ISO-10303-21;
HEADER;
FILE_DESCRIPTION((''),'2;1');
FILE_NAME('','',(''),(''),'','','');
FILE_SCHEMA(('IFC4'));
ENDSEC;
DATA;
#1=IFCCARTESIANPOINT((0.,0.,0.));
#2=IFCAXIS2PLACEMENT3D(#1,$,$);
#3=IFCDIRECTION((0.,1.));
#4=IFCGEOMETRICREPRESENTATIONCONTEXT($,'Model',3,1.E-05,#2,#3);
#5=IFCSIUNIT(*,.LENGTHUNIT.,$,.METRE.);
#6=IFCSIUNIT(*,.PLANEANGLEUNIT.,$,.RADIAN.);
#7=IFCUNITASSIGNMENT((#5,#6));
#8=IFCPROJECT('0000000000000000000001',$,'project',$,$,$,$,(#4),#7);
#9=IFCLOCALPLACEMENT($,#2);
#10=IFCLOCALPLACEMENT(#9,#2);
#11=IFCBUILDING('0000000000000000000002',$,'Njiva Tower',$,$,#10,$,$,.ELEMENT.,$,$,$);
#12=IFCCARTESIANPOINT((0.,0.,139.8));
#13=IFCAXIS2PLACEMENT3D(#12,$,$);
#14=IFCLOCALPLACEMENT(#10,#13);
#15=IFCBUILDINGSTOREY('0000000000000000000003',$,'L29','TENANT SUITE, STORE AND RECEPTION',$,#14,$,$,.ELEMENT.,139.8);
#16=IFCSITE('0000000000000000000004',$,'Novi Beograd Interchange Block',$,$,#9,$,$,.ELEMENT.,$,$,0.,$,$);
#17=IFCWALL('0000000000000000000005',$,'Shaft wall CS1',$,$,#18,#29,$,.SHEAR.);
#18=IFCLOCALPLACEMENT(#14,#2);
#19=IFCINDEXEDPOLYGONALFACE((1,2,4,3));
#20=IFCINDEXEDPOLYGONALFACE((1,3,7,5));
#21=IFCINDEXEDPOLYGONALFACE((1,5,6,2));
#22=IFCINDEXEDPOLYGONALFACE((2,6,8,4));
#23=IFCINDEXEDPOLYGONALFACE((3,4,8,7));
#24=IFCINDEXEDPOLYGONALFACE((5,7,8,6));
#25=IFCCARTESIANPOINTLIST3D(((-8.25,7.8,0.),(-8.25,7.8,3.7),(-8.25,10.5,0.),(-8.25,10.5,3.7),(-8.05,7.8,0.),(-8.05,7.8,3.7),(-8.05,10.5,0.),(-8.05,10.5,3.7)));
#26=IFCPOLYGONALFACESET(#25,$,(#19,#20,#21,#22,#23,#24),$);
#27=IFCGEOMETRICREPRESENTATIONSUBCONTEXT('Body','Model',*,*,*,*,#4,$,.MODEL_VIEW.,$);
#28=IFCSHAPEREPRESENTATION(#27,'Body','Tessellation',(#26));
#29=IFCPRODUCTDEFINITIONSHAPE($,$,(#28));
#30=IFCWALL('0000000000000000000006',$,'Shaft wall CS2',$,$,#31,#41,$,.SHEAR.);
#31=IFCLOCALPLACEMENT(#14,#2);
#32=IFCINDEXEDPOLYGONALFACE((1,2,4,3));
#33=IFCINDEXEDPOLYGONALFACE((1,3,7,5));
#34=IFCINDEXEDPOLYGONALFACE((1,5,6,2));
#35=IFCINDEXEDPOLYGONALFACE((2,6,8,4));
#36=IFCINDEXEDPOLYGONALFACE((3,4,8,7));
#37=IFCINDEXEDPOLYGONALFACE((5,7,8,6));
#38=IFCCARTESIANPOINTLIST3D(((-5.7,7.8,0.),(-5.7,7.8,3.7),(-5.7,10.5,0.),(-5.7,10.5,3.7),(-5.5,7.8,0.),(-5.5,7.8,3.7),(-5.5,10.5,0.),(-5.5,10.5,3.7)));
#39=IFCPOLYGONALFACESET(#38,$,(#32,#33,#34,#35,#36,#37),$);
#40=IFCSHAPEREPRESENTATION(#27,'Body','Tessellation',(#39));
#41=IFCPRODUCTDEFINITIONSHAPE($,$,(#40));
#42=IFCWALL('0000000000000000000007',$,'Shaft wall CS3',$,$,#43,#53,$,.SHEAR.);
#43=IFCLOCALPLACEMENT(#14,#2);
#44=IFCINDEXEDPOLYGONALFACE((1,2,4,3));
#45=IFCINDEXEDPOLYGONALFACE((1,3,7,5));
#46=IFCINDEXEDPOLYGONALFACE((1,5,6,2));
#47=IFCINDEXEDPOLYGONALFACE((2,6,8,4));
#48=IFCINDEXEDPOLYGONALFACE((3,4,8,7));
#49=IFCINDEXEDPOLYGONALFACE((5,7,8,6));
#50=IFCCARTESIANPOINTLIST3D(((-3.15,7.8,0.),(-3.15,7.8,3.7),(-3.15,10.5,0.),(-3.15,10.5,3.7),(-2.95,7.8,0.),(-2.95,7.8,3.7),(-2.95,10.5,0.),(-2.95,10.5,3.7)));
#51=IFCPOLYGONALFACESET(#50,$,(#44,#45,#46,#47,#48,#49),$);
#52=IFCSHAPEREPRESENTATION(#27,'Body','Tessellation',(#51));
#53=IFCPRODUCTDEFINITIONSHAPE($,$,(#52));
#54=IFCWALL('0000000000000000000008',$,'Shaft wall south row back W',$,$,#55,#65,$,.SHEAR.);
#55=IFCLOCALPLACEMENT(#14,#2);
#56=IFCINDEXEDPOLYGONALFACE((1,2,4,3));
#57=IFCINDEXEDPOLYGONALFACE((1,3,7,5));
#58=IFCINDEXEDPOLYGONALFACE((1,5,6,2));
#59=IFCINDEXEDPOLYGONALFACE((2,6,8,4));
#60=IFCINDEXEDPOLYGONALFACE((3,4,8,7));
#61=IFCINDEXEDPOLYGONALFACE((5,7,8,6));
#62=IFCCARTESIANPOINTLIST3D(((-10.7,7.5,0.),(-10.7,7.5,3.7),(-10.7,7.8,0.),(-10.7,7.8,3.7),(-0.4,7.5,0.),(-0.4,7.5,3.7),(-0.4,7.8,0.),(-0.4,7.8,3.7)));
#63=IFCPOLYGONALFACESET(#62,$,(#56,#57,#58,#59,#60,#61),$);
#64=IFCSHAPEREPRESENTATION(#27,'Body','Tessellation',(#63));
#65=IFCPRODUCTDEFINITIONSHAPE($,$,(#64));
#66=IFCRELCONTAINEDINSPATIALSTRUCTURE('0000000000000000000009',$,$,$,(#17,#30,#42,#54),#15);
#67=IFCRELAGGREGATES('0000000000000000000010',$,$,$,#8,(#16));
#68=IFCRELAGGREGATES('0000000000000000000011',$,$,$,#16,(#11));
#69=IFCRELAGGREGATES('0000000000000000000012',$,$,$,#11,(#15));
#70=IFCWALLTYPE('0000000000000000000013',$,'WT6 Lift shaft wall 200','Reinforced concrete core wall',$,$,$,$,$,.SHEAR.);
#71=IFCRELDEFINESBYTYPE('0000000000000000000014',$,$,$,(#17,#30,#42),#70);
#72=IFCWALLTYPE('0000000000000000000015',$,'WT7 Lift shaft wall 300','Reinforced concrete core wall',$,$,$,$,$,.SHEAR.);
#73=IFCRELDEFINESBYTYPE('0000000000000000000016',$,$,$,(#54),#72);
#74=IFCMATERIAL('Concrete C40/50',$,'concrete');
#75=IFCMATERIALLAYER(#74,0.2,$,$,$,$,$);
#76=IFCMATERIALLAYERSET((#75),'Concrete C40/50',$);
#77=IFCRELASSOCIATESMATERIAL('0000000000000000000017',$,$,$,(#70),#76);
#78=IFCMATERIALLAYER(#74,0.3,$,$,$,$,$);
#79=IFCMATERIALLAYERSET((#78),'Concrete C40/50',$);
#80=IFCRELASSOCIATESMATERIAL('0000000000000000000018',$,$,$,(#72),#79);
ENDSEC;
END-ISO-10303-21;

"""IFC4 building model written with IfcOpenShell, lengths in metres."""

from ifc_helpers import new_model, si_unit, direction, frame, frame_2d, origin, place, context, subcontext, project, spatial, rectangle, extrude, material, layer, layer_set, type_object, element, save


model = new_model("IFC4")

# Units and contexts
model_context = context("Model", 3, precision=1e-05, world=origin(), true_north=direction((0.0, 1.0)))
body_context = subcontext(model_context, "Body", "Model", "MODEL_VIEW")
ifc_project = project(units=[si_unit("LENGTHUNIT", "METRE"), si_unit("PLANEANGLEUNIT", "RADIAN")], contexts=[model_context])

# Site, building, storey
site_placement = place(None, origin())
site = spatial("IfcSite", under=ifc_project, at=site_placement, Name="Novi Beograd Interchange Block", CompositionType="ELEMENT", RefElevation=0.0)
building_placement = place(site_placement, origin())
building = spatial("IfcBuilding", under=site, at=building_placement, Name="Njiva Tower", CompositionType="ELEMENT")
storey_placement = place(building_placement, frame((0.0, 0.0, 139.8)))
storey = spatial("IfcBuildingStorey", under=building, at=storey_placement, Name="L29", Description="TENANT SUITE, STORE AND RECEPTION", CompositionType="ELEMENT", Elevation=139.8)

# Shared definitions
ifc_material_1 = material(Name="Concrete C40/50", Category="concrete")

# Walls
ifc_layer_1 = layer(ifc_material_1, 0.2)
ifc_layer_set_1 = layer_set([ifc_layer_1], Name="Concrete C40/50")
wall_type_1 = type_object("IfcWallType", Name="WT6 Lift shaft wall 200", Description="Reinforced concrete core wall", PredefinedType="SHEAR", material=ifc_layer_set_1)
for number, where, z_axis, x_axis, name in (
    (1, (-8.15, 7.8, 0.0), (0.0, 0.0, 1.0), (0.0, 1.0, 0.0), "Shaft wall CS1"),
    (2, (-5.6, 7.8, 0.0), (0.0, 0.0, 1.0), (0.0, 1.0, 0.0), "Shaft wall CS2"),
    (3, (-3.05, 7.8, 0.0), (0.0, 0.0, 1.0), (0.0, 1.0, 0.0), "Shaft wall CS3"),
):
    element("IfcWall", number, at=place(storey_placement, frame(where, z_axis=z_axis, x_axis=x_axis)), inside=storey, type_object=wall_type_1, Name=name, PredefinedType="SHEAR", context=body_context, shape_type="SweptSolid", body=[
        extrude(rectangle(XDim=2.7, YDim=0.2, at=frame_2d((1.35, 0.0))), origin(), (0.0, 0.0, 1.0), 3.7),
    ])
ifc_layer_2 = layer(ifc_material_1, 0.3)
ifc_layer_set_2 = layer_set([ifc_layer_2], Name="Concrete C40/50")
wall_type_2 = type_object("IfcWallType", Name="WT7 Lift shaft wall 300", Description="Reinforced concrete core wall", PredefinedType="SHEAR", material=ifc_layer_set_2)
wall_1_placement = place(storey_placement, frame((-10.7, 7.65, 0.0), z_axis=(0.0, 0.0, 1.0), x_axis=(1.0, 0.0, 0.0)))
element("IfcWall", 4, at=wall_1_placement, inside=storey, type_object=wall_type_2, Name="Shaft wall south row back W", PredefinedType="SHEAR", context=body_context, shape_type="SweptSolid", body=[
    extrude(rectangle(XDim=10.3, YDim=0.3, at=frame_2d((5.15, 0.0))), origin(), (0.0, 0.0, 1.0), 3.7),
])

save(model, "model.ifc")
